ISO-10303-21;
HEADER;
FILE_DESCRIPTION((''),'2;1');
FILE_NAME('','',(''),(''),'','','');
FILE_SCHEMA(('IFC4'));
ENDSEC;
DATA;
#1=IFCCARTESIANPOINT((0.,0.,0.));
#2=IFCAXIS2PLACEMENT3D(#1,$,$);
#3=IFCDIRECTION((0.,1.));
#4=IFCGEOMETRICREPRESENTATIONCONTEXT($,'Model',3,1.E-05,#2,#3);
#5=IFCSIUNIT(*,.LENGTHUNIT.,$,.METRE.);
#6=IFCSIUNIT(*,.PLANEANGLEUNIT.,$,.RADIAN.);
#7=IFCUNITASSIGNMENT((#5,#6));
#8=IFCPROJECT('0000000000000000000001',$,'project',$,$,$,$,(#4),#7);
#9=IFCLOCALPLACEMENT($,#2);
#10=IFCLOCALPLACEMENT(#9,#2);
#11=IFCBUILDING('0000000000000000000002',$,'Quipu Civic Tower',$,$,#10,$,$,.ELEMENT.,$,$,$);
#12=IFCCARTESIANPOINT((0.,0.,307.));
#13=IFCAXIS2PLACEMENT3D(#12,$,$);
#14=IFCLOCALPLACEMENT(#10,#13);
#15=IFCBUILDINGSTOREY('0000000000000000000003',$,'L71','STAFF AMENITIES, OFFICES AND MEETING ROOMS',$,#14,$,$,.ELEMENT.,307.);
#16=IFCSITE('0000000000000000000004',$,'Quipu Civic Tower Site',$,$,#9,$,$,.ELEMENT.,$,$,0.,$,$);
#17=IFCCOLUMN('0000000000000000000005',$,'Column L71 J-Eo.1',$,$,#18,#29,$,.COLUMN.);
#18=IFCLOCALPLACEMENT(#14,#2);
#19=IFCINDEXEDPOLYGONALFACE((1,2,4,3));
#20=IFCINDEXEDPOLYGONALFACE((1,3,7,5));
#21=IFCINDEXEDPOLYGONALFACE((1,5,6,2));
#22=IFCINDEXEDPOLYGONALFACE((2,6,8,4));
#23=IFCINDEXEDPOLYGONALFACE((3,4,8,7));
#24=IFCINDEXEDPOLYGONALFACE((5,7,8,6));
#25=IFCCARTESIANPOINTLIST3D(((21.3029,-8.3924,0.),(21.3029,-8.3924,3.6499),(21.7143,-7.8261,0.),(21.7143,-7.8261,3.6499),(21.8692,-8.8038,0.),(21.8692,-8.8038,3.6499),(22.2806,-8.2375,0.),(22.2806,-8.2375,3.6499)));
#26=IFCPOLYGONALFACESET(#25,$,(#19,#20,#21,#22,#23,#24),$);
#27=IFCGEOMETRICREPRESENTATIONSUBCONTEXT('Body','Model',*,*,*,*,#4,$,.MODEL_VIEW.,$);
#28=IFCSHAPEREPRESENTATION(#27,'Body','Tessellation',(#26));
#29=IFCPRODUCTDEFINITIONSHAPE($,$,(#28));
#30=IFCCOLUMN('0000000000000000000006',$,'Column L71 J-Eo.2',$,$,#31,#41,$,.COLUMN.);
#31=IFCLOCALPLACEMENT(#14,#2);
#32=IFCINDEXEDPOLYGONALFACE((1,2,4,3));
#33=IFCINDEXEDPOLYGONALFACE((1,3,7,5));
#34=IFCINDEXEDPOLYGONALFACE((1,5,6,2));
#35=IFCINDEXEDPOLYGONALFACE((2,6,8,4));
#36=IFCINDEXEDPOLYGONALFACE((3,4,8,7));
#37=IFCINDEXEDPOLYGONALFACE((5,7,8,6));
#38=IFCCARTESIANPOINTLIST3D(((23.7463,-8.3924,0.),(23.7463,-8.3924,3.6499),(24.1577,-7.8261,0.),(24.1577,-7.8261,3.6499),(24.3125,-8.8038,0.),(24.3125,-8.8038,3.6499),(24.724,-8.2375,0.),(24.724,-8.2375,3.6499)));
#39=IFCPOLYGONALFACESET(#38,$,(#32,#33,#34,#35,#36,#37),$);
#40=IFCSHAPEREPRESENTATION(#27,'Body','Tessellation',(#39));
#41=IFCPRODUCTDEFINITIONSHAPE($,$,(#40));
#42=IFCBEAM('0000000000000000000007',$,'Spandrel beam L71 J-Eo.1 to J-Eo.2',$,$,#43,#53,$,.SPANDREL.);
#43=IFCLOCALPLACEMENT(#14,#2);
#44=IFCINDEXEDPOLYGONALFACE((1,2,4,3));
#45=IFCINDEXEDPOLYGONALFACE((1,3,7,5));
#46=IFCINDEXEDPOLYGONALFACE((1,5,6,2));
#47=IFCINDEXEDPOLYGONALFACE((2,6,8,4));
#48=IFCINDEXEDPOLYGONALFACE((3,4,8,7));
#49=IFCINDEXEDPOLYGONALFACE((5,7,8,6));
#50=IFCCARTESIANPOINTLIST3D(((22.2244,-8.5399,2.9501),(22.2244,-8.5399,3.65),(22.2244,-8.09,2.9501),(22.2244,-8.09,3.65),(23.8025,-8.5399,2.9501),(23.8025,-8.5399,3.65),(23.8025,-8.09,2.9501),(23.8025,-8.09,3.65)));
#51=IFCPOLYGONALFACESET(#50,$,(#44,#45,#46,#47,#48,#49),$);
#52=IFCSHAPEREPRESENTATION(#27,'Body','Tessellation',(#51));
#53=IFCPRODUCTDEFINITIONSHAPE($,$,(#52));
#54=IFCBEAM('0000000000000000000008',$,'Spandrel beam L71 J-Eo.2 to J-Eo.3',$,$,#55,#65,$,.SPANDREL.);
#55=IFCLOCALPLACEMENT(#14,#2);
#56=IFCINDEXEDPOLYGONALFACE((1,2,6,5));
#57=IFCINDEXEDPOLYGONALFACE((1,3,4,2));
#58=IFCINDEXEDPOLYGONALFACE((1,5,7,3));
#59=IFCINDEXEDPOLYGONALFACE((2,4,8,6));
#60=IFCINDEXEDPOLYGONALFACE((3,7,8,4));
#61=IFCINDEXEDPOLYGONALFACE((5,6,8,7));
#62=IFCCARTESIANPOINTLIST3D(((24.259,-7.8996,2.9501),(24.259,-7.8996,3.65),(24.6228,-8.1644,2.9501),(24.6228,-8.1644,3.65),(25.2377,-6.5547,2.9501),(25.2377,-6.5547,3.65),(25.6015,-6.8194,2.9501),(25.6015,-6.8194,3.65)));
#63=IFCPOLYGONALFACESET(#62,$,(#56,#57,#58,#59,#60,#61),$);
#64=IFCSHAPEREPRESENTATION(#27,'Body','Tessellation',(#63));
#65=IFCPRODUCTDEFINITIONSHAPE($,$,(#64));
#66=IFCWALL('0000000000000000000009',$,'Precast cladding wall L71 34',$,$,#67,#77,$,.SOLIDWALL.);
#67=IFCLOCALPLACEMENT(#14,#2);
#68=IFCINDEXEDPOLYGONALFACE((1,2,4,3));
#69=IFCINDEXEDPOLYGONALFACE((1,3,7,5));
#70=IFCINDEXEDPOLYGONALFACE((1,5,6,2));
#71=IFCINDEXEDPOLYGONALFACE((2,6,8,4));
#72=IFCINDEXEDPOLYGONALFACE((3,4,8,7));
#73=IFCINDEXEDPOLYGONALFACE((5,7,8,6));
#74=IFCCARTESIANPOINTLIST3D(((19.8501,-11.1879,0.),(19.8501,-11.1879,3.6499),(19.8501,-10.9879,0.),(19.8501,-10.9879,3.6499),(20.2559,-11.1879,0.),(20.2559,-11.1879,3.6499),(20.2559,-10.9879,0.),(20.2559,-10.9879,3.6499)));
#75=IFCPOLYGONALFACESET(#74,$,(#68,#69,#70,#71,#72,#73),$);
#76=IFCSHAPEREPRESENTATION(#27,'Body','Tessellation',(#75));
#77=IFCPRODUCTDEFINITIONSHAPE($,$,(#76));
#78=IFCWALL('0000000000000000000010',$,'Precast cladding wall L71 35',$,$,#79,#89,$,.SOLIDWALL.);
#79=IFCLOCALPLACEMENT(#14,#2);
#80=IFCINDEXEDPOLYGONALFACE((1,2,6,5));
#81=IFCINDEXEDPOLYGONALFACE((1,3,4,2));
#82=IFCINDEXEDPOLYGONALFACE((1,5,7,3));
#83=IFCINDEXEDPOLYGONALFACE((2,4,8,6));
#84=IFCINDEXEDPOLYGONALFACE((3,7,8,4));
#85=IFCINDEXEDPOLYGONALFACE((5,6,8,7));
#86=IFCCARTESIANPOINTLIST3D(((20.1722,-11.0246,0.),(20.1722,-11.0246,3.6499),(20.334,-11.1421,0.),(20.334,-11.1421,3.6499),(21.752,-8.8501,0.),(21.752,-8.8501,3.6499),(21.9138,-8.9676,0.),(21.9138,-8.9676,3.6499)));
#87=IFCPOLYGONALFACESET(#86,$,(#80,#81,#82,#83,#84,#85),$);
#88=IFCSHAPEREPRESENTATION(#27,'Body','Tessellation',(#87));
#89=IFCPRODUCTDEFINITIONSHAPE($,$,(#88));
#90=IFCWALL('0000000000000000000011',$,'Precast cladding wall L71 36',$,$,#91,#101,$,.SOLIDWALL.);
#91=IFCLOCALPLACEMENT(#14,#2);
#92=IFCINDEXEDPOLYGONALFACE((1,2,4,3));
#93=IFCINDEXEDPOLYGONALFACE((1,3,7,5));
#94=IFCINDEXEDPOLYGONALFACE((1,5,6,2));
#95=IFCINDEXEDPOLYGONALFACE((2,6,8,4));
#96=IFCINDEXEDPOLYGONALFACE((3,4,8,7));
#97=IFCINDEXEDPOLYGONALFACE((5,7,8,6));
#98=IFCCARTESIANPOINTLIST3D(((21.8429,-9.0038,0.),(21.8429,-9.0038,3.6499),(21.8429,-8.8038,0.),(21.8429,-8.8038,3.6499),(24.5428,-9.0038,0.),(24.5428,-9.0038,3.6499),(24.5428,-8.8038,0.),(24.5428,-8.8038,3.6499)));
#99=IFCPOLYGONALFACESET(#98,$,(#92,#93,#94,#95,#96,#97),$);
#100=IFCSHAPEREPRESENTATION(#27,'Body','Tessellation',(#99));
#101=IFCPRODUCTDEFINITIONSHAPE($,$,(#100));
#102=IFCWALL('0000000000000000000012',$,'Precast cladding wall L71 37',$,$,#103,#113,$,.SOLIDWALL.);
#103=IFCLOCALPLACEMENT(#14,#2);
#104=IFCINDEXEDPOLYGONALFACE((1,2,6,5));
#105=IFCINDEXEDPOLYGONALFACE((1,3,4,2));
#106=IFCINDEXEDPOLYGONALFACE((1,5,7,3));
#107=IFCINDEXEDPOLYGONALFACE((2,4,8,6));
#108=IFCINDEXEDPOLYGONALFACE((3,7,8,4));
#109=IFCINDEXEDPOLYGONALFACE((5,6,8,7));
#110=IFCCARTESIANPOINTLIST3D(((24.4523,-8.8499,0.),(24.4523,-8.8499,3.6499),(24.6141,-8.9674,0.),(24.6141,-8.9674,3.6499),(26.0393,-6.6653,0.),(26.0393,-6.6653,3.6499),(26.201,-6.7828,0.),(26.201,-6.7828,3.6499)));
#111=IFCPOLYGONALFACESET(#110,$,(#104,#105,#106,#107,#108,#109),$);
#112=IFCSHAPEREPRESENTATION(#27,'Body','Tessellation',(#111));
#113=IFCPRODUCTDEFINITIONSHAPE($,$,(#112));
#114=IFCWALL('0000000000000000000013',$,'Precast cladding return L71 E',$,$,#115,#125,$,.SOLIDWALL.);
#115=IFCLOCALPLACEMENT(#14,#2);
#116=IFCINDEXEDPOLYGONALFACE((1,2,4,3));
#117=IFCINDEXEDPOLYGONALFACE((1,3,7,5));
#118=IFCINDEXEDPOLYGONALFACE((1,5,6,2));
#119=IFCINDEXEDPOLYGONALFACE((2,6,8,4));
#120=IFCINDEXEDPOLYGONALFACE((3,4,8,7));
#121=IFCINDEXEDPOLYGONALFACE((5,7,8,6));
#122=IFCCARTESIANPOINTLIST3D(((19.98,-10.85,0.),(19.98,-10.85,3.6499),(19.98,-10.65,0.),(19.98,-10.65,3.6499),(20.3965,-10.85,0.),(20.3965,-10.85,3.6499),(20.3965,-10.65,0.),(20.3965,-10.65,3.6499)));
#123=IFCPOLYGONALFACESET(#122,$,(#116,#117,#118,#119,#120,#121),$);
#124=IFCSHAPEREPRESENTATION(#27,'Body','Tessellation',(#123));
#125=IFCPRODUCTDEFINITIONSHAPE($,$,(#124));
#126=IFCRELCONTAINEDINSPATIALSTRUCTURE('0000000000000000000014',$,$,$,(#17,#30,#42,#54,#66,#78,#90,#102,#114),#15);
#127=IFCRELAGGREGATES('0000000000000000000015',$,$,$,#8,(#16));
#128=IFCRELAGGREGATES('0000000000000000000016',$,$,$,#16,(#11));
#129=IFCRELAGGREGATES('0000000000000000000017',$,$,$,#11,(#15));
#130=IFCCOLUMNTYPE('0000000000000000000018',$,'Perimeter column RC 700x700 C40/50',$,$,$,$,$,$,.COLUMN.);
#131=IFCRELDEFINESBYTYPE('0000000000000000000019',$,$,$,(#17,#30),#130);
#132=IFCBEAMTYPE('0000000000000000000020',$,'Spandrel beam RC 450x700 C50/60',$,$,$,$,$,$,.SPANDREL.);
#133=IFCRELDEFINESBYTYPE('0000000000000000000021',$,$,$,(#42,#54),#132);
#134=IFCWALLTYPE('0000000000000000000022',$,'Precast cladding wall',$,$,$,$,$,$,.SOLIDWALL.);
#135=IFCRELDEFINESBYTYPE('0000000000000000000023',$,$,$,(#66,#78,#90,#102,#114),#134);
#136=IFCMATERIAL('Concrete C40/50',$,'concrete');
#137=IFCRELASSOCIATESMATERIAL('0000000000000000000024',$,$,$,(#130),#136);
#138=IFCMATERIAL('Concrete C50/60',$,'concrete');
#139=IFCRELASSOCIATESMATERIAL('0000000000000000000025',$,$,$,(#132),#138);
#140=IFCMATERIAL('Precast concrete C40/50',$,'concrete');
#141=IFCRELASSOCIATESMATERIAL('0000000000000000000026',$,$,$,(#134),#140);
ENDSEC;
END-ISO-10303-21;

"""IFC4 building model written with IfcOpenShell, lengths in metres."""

from ifc_helpers import new_model, si_unit, direction, frame, frame_2d, origin, origin_2d, place, context, subcontext, project, spatial, rectangle, extrude, material, material_profile, profile_set, type_object, element, save


model = new_model("IFC4")

# Units and contexts
model_context = context("Model", 3, precision=1e-05, world=origin(), true_north=direction((0.0, 1.0)))
body_context = subcontext(model_context, "Body", "Model", "MODEL_VIEW")
ifc_project = project(units=[si_unit("LENGTHUNIT", "METRE"), si_unit("PLANEANGLEUNIT", "RADIAN")], contexts=[model_context])

# Site, building, storey
site_placement = place(None, origin())
site = spatial("IfcSite", under=ifc_project, at=site_placement, Name="Quipu Civic Tower Site", CompositionType="ELEMENT", RefElevation=0.0)
building_placement = place(site_placement, origin())
building = spatial("IfcBuilding", under=site, at=building_placement, Name="Quipu Civic Tower", CompositionType="ELEMENT")
storey_placement = place(building_placement, frame((0.0, 0.0, 307.0)))
storey = spatial("IfcBuildingStorey", under=building, at=storey_placement, Name="L71", Description="STAFF AMENITIES, OFFICES AND MEETING ROOMS", CompositionType="ELEMENT", Elevation=307.0)

# Columns
ifc_material_1 = material(Name="Concrete C40/50", Category="concrete")
ifc_material_profile_1 = material_profile(ifc_material_1, rectangle(XDim=0.7, YDim=0.7, at=origin_2d()), Name="RC700x700")
ifc_profile_set_1 = profile_set([ifc_material_profile_1], Name="Concrete C40/50")
column_type = type_object("IfcColumnType", Name="Perimeter column RC 700x700 C40/50", PredefinedType="COLUMN", material=ifc_profile_set_1)
for number, where, z_axis, x_axis, name in (
    (1, (21.7917, -8.3149, 0.0), (0.0, 0.0, 1.0), (0.587785, 0.809017, 0.0), "Column L71 J-Eo.1"),
    (2, (24.2351, -8.3149, 0.0), (0.0, 0.0, 1.0), (0.587785, 0.809017, 0.0), "Column L71 J-Eo.2"),
):
    element("IfcColumn", number, at=place(storey_placement, frame(where, z_axis=z_axis, x_axis=x_axis)), inside=storey, type_object=column_type, Name=name, PredefinedType="COLUMN", context=body_context, shape_type="SweptSolid", body=[
        extrude(rectangle(XDim=0.7, YDim=0.7, at=origin_2d()), origin(), (0.0, 0.0, 1.0), 3.6499),
    ])

# Beams
ifc_material_2 = material(Name="Concrete C50/60", Category="concrete")
ifc_material_profile_2 = material_profile(ifc_material_2, rectangle(XDim=0.45, YDim=0.7, at=origin_2d()), Name="RC450x700")
ifc_profile_set_2 = profile_set([ifc_material_profile_2], Name="Concrete C50/60")
beam_type = type_object("IfcBeamType", Name="Spandrel beam RC 450x700 C50/60", PredefinedType="SPANDREL", material=ifc_profile_set_2)
beam_1_placement = place(storey_placement, frame((22.2244, -8.3149, 3.3), z_axis=(1.0, 0.0, 0.0), x_axis=(0.0, 1.0, 0.0)))
element("IfcBeam", 3, at=beam_1_placement, inside=storey, type_object=beam_type, Name="Spandrel beam L71 J-Eo.1 to J-Eo.2", PredefinedType="SPANDREL", context=body_context, shape_type="SweptSolid", body=[
    extrude(rectangle(XDim=0.45, YDim=0.7, at=origin_2d()), origin(), (0.0, 0.0, 1.0), 1.5781),
])
beam_2_placement = place(storey_placement, frame((24.4409, -8.032, 3.3), z_axis=(0.588407, 0.808565, 0.0), x_axis=(-0.808565, 0.588407, 0.0)))
element("IfcBeam", 4, at=beam_2_placement, inside=storey, type_object=beam_type, Name="Spandrel beam L71 J-Eo.2 to J-Eo.3", PredefinedType="SPANDREL", context=body_context, shape_type="SweptSolid", body=[
    extrude(rectangle(XDim=0.45, YDim=0.7, at=origin_2d()), origin(), (0.0, 0.0, 1.0), 1.6633),
])

# Walls
ifc_material_3 = material(Name="Precast concrete C40/50", Category="concrete")
wall_type = type_object("IfcWallType", Name="Precast cladding wall", PredefinedType="SOLIDWALL", material=ifc_material_3)
wall_1_placement = place(storey_placement, frame((19.8501, -11.0879, 0.0), z_axis=(0.0, 0.0, 1.0), x_axis=(1.0, 0.0, 0.0)))
element("IfcWall", 5, at=wall_1_placement, inside=storey, type_object=wall_type, Name="Precast cladding wall L71 34", PredefinedType="SOLIDWALL", context=body_context, shape_type="SweptSolid", body=[
    extrude(rectangle(XDim=0.4058, YDim=0.2, at=frame_2d((0.2029, 0.0))), origin(), (0.0, 0.0, 1.0), 3.6499),
])
wall_2_placement = place(storey_placement, frame((20.2532, -11.0833, 0.0), z_axis=(0.0, 0.0, 1.0), x_axis=(0.587767, 0.809031, 0.0)))
element("IfcWall", 6, at=wall_2_placement, inside=storey, type_object=wall_type, Name="Precast cladding wall L71 35", PredefinedType="SOLIDWALL", context=body_context, shape_type="SweptSolid", body=[
    extrude(rectangle(XDim=2.6877, YDim=0.2, at=frame_2d((1.3438, 0.0))), origin(), (0.0, 0.0, 1.0), 3.6499),
])
wall_3_placement = place(storey_placement, frame((21.8428, -8.9038, 0.0), z_axis=(0.0, 0.0, 1.0), x_axis=(1.0, 0.0, 0.0)))
element("IfcWall", 7, at=wall_3_placement, inside=storey, type_object=wall_type, Name="Precast cladding wall L71 36", PredefinedType="SOLIDWALL", context=body_context, shape_type="SweptSolid", body=[
    extrude(rectangle(XDim=2.7, YDim=0.2, at=frame_2d((1.3501, 0.0))), origin(), (0.0, 0.0, 1.0), 3.6499),
])
wall_4_placement = place(storey_placement, frame((24.5332, -8.9087, 0.0), z_axis=(0.0, 0.0, 1.0), x_axis=(0.58772, 0.809064, 0.0)))
element("IfcWall", 8, at=wall_4_placement, inside=storey, type_object=wall_type, Name="Precast cladding wall L71 37", PredefinedType="SOLIDWALL", context=body_context, shape_type="SweptSolid", body=[
    extrude(rectangle(XDim=2.7002, YDim=0.2, at=frame_2d((1.3501, 0.0))), origin(), (0.0, 0.0, 1.0), 3.6499),
])
wall_5_placement = place(storey_placement, frame((19.98, -10.75, 0.0), z_axis=(0.0, 0.0, 1.0), x_axis=(1.0, 0.0, 0.0)))
element("IfcWall", 9, at=wall_5_placement, inside=storey, type_object=wall_type, Name="Precast cladding return L71 E", PredefinedType="SOLIDWALL", context=body_context, shape_type="SweptSolid", body=[
    extrude(rectangle(XDim=0.4165, YDim=0.2, at=frame_2d((0.2083, 0.0))), origin(), (0.0, 0.0, 1.0), 3.6499),
])

save(model, "model.ifc")
